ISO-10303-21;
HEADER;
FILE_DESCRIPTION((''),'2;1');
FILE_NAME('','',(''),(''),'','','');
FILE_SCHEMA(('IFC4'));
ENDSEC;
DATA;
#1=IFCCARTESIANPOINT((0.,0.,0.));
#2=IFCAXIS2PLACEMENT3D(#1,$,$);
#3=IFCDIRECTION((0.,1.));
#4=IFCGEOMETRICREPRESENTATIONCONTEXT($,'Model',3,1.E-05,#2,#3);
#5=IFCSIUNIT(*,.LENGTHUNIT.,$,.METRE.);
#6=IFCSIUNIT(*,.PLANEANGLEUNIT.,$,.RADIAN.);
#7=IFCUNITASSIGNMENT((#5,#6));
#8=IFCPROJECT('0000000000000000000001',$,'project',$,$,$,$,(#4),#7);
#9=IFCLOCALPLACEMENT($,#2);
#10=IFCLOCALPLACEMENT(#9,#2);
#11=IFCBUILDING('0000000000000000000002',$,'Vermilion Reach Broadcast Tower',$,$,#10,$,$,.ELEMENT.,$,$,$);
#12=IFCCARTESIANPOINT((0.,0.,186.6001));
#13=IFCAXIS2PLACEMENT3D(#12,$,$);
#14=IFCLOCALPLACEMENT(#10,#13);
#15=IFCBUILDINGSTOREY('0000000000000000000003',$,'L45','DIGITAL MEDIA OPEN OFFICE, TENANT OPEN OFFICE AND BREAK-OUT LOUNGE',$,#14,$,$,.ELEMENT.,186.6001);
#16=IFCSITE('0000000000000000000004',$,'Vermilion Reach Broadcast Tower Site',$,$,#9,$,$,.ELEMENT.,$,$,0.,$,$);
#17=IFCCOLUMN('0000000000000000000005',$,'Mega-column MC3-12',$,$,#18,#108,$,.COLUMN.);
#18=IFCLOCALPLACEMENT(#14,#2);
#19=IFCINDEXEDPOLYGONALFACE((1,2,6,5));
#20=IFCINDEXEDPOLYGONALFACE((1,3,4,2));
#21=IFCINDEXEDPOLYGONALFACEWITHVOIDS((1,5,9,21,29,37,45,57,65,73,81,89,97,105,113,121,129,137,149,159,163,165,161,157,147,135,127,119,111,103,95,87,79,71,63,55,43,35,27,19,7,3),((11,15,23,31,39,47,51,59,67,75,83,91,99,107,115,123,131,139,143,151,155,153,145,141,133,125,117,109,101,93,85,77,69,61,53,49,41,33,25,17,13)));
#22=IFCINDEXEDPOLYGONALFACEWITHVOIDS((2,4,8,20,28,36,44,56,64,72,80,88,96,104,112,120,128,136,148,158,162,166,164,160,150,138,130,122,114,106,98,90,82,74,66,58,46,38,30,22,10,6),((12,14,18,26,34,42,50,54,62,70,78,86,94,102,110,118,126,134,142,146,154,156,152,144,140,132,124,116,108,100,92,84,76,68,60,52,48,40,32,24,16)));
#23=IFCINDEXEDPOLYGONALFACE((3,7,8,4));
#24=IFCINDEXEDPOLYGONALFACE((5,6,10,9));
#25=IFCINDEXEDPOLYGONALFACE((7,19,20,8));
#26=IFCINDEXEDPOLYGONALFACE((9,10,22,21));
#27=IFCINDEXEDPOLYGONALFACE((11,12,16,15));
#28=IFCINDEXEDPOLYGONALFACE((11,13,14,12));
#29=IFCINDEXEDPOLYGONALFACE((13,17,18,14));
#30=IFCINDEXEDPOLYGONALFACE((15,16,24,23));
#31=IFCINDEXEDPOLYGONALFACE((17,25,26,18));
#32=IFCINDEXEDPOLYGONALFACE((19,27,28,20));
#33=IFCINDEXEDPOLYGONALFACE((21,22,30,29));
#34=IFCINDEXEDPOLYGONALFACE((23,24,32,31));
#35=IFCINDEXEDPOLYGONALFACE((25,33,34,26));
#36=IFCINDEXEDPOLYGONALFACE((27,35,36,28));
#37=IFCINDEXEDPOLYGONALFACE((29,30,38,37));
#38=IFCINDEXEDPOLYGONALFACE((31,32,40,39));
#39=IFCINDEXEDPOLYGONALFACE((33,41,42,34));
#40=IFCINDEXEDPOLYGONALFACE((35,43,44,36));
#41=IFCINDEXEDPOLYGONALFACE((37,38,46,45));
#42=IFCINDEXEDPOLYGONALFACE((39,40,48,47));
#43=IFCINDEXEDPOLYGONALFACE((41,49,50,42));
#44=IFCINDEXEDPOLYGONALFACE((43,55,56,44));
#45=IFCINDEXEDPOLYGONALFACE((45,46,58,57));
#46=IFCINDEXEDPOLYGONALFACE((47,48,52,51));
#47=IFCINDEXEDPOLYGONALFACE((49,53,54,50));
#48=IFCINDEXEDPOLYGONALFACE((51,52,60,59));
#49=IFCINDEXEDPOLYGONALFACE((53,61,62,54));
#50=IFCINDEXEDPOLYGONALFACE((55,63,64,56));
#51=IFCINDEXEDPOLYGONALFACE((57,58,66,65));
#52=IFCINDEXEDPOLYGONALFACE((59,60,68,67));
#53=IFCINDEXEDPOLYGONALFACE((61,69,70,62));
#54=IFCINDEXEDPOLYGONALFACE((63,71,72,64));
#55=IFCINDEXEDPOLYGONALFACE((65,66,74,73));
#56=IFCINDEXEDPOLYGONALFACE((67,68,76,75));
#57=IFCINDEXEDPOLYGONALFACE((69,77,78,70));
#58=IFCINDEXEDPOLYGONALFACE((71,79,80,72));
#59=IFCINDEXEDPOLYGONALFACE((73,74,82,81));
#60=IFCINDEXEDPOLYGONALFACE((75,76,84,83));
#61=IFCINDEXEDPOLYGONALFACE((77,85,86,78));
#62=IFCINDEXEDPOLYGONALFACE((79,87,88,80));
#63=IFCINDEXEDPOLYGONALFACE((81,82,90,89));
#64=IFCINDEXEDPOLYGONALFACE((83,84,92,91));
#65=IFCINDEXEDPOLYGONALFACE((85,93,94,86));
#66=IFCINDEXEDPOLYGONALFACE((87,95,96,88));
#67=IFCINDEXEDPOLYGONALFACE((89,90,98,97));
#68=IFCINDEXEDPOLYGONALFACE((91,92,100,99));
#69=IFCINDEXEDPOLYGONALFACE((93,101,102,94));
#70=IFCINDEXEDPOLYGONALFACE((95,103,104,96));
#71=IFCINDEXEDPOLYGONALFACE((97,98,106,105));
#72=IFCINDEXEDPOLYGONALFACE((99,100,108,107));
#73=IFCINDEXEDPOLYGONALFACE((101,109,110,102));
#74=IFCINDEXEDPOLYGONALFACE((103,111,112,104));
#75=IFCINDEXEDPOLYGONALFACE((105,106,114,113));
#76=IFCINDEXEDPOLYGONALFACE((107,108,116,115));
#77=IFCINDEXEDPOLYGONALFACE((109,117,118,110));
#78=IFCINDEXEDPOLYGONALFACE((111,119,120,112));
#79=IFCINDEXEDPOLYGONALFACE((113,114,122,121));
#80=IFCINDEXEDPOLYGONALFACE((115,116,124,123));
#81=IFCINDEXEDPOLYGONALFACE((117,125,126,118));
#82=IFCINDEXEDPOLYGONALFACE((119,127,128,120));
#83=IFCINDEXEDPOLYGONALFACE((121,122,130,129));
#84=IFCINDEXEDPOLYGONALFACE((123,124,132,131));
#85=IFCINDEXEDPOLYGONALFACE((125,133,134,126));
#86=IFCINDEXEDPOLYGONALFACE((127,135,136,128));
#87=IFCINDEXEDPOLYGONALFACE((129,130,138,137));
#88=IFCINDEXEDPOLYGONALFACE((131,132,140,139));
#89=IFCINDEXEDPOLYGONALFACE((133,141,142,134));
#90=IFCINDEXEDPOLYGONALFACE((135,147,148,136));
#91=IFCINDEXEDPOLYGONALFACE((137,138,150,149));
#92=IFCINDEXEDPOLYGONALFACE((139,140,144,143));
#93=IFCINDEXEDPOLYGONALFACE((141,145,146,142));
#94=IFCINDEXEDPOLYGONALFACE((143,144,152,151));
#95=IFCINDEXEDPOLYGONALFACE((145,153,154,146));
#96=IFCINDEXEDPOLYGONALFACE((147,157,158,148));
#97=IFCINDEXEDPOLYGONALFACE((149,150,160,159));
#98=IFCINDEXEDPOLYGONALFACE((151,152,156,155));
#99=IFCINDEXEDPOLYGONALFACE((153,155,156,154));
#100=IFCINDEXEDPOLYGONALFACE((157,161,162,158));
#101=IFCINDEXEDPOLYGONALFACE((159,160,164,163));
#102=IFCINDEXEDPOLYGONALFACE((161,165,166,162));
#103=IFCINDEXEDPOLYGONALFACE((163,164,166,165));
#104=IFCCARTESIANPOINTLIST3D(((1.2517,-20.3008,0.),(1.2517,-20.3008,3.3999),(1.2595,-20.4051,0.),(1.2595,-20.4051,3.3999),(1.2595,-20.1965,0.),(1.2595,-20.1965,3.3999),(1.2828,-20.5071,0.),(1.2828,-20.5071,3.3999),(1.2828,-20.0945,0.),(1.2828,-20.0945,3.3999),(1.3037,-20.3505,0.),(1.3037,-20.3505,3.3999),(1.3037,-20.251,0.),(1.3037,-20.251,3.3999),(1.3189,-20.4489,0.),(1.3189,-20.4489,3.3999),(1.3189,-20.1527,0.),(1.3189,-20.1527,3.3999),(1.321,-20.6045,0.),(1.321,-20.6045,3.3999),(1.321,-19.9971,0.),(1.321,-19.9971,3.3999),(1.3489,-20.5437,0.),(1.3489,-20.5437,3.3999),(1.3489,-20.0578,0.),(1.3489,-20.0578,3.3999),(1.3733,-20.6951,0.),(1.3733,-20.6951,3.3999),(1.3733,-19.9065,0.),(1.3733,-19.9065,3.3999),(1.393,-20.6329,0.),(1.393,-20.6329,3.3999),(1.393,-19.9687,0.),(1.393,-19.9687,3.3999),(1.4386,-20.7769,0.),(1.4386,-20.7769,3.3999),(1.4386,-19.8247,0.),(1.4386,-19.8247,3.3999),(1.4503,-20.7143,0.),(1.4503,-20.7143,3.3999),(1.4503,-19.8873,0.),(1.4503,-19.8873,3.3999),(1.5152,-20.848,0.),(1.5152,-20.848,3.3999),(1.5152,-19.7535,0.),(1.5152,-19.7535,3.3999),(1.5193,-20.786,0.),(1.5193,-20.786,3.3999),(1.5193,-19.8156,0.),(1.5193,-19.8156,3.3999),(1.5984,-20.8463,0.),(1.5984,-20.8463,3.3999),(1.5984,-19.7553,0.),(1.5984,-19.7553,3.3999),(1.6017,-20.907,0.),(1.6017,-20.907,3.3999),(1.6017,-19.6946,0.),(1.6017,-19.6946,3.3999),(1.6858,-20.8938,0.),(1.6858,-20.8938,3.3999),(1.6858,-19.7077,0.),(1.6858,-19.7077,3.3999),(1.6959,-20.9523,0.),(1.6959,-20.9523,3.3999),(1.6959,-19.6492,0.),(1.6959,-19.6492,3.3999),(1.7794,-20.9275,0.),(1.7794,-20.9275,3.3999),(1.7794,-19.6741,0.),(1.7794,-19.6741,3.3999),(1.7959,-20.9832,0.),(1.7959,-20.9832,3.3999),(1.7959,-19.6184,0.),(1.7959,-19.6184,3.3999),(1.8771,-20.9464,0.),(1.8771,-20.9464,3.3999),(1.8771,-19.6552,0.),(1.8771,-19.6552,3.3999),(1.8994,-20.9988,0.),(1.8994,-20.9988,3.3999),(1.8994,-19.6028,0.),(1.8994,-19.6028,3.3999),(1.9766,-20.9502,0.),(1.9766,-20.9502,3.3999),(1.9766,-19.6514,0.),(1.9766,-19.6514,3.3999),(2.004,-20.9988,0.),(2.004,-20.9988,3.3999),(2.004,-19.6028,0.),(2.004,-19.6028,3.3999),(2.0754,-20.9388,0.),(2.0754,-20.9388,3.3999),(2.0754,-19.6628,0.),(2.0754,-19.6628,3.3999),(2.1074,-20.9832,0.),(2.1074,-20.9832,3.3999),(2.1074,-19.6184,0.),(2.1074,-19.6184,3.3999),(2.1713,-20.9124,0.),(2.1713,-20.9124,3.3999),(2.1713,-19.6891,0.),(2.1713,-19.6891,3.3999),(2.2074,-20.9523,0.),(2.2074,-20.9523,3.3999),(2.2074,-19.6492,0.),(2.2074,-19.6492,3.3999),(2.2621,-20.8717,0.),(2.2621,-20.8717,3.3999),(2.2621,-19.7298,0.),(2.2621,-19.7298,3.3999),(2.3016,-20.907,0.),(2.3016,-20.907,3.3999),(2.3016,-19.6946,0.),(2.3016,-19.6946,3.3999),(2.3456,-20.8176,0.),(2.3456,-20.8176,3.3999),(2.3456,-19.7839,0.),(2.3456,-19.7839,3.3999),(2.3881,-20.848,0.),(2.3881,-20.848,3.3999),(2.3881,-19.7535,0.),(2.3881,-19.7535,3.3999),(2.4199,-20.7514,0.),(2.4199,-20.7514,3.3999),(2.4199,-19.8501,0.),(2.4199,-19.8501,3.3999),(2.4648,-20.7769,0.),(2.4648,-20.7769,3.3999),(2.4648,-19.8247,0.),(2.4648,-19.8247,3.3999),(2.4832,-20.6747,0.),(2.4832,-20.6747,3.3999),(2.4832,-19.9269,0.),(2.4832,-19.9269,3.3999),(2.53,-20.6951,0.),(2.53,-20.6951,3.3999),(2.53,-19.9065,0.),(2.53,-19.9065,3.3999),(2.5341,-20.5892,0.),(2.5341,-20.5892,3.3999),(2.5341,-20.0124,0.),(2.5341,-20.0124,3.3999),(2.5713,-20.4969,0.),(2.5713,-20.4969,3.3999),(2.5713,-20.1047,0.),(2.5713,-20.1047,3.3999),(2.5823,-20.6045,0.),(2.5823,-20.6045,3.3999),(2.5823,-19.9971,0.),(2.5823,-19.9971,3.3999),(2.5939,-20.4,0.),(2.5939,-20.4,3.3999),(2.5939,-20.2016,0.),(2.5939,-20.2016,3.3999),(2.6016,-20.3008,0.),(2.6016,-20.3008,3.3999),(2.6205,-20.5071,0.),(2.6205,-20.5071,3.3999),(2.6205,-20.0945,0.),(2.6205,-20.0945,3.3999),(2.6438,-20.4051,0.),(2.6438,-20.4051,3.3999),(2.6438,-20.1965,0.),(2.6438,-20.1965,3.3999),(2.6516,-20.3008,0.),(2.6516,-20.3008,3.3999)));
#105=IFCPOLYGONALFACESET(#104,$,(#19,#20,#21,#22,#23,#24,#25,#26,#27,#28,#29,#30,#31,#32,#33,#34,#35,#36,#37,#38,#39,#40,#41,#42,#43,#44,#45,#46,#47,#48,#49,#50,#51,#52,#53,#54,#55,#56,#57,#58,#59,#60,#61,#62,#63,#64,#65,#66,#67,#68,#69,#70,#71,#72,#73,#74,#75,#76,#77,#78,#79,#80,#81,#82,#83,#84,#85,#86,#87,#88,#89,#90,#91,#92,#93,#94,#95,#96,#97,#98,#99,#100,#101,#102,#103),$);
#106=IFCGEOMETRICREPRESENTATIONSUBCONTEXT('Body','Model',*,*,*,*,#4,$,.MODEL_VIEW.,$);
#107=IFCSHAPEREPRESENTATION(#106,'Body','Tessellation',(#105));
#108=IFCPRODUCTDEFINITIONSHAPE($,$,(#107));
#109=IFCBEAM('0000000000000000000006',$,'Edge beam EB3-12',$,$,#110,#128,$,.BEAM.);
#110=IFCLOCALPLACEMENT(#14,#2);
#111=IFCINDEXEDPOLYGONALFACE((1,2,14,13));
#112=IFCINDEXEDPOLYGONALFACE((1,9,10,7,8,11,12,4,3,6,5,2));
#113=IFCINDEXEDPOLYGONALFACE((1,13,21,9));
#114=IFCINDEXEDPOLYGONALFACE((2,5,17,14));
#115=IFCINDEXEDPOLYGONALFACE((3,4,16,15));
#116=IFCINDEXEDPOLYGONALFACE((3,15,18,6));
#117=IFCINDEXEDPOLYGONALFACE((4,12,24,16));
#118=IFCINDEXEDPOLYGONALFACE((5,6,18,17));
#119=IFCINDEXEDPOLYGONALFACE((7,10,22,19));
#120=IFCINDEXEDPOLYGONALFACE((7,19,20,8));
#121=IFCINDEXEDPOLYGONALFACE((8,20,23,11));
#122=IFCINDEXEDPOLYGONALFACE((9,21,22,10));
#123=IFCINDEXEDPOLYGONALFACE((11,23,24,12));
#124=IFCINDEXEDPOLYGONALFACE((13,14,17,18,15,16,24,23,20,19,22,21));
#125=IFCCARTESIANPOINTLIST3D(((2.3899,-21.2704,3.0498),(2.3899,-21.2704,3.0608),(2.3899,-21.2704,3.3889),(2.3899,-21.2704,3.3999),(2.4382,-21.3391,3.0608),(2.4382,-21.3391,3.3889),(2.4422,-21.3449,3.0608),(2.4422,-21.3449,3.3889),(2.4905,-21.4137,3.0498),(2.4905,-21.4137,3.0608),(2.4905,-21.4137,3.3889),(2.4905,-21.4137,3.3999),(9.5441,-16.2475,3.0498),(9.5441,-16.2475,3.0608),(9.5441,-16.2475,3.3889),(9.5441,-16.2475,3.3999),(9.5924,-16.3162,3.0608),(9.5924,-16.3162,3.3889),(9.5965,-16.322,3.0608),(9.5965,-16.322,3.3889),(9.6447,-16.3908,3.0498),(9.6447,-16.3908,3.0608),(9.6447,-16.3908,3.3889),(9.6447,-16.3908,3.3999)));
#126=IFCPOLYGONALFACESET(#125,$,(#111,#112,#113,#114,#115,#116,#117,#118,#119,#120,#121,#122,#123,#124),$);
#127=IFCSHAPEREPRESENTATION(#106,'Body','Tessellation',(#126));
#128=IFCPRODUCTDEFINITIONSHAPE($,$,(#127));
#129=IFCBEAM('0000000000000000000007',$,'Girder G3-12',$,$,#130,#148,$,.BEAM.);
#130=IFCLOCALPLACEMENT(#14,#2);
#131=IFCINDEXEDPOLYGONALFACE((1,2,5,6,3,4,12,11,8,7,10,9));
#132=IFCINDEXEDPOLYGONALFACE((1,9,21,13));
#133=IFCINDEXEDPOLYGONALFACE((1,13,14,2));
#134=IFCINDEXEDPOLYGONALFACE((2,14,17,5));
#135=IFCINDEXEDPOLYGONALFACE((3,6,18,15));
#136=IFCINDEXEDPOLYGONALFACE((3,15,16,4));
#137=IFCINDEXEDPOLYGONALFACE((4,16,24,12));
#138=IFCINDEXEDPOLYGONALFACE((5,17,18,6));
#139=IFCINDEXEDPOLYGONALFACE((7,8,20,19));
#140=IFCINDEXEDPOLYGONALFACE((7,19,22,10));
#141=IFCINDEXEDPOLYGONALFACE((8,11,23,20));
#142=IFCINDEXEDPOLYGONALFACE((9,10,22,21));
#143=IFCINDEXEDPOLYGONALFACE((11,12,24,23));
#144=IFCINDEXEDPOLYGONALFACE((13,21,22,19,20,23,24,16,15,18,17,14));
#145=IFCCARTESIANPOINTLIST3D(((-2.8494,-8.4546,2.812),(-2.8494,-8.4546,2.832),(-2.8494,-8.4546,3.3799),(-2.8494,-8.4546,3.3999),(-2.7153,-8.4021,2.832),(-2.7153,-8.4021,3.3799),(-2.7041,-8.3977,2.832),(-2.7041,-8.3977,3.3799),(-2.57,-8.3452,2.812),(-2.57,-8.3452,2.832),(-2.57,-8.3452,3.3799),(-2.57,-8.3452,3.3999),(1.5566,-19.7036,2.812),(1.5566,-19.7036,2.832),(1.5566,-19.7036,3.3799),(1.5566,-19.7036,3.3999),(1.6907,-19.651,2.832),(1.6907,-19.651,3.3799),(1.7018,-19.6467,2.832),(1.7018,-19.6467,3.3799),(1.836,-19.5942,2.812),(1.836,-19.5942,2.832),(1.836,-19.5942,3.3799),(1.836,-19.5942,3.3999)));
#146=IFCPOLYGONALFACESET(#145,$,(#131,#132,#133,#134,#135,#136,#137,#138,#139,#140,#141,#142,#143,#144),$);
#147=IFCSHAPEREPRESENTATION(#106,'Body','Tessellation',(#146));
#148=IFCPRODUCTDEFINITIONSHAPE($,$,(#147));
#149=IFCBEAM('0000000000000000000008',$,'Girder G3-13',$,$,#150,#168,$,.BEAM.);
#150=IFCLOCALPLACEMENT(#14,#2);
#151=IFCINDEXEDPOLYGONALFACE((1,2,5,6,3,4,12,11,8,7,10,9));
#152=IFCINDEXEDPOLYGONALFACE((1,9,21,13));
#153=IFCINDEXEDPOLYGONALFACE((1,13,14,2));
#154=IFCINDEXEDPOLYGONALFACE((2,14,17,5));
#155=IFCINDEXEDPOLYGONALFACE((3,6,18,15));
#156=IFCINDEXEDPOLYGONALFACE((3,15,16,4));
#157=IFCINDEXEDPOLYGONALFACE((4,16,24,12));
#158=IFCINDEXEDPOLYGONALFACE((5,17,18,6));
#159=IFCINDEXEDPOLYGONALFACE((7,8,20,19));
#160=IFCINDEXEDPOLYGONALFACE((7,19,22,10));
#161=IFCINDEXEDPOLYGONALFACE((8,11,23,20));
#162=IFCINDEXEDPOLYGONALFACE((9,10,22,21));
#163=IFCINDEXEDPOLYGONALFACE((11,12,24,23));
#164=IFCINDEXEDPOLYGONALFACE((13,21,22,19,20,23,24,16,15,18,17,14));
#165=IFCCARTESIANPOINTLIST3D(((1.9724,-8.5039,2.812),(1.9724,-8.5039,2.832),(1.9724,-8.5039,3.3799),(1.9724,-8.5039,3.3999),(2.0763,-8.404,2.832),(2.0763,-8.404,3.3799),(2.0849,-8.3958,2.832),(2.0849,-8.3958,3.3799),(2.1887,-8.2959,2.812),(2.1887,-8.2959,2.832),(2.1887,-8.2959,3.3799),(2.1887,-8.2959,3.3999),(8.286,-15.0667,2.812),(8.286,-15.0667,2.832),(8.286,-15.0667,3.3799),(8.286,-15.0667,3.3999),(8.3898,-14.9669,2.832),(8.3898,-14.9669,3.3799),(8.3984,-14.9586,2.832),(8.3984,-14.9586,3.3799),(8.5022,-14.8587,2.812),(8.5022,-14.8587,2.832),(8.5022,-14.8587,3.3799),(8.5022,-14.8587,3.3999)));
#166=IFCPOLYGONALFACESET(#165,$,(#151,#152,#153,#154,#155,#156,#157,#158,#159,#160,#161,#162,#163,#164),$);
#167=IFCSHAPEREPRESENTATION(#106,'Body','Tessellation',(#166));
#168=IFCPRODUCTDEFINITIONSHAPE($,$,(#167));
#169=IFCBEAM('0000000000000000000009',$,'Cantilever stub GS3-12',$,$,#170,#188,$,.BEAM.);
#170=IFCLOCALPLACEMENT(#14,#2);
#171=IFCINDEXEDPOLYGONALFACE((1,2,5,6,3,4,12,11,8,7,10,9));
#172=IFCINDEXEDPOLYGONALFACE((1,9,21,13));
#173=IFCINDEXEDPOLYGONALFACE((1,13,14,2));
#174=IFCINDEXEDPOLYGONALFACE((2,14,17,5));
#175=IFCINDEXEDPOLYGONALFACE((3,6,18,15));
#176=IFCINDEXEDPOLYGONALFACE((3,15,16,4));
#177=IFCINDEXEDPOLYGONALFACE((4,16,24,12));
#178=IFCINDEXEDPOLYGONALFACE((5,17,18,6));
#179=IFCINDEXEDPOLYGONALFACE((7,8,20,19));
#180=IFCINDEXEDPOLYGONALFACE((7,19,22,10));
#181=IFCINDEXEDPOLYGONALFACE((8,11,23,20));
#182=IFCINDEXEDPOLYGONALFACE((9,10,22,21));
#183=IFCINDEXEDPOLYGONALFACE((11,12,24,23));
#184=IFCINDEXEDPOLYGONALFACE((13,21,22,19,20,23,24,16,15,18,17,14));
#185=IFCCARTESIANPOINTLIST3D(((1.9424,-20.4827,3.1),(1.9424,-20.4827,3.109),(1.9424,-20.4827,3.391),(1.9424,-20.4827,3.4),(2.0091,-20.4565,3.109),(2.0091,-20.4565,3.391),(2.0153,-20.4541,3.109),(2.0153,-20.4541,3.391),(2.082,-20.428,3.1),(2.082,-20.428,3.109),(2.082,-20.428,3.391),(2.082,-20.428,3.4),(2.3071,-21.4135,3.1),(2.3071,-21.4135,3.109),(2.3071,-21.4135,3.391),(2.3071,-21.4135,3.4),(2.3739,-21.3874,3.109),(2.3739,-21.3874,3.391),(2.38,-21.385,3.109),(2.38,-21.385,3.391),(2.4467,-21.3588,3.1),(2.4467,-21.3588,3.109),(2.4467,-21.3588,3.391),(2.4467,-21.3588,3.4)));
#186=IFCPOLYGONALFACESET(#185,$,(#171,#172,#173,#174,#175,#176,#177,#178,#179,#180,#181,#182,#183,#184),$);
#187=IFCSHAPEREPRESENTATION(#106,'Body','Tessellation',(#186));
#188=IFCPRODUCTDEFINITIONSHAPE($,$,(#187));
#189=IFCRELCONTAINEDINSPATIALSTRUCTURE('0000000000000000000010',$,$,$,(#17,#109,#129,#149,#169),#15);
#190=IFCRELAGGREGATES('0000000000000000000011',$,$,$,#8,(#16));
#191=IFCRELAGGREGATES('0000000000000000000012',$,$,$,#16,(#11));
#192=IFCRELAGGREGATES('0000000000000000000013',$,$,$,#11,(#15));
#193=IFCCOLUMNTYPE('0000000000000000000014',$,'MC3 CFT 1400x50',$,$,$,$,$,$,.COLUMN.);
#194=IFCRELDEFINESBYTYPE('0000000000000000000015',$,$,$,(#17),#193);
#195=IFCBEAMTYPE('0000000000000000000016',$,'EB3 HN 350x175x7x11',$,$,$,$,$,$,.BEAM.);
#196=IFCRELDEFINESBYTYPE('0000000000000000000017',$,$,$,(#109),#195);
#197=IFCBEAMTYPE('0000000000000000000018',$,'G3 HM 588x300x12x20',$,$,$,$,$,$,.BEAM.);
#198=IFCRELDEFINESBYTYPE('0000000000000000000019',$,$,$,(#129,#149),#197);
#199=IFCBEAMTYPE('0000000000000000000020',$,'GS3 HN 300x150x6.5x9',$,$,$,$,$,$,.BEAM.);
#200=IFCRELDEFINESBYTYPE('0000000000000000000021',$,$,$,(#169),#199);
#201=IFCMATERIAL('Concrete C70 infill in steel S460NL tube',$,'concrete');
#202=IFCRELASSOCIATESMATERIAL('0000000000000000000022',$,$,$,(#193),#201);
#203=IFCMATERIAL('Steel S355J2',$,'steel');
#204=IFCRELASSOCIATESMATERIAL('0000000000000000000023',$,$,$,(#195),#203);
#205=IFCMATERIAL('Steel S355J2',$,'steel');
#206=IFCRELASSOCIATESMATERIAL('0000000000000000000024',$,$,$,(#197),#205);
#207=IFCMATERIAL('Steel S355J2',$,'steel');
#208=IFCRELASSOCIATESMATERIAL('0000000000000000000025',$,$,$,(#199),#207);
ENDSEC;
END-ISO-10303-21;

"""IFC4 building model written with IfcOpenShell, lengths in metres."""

from ifc_helpers import new_model, si_unit, direction, frame, origin, origin_2d, place, context, subcontext, project, spatial, hollow_circle, i_section, extrude, material, material_profile, profile_set, type_object, element, save


model = new_model("IFC4")

# Units and contexts
model_context = context("Model", 3, precision=1e-05, world=origin(), true_north=direction((0.0, 1.0)))
body_context = subcontext(model_context, "Body", "Model", "MODEL_VIEW")
ifc_project = project(units=[si_unit("LENGTHUNIT", "METRE"), si_unit("PLANEANGLEUNIT", "RADIAN")], contexts=[model_context])

# Site, building, storey
site_placement = place(None, origin())
site = spatial("IfcSite", under=ifc_project, at=site_placement, Name="Vermilion Reach Broadcast Tower Site", CompositionType="ELEMENT", RefElevation=0.0)
building_placement = place(site_placement, origin())
building = spatial("IfcBuilding", under=site, at=building_placement, Name="Vermilion Reach Broadcast Tower", CompositionType="ELEMENT")
storey_placement = place(building_placement, frame((0.0, 0.0, 186.6001)))
storey = spatial("IfcBuildingStorey", under=building, at=storey_placement, Name="L45", Description="DIGITAL MEDIA OPEN OFFICE, TENANT OPEN OFFICE AND BREAK-OUT LOUNGE", CompositionType="ELEMENT", Elevation=186.6001)

# Column
ifc_material_1 = material(Name="Concrete C70 infill in steel S460NL tube", Category="concrete")
ifc_material_profile_1 = material_profile(ifc_material_1, hollow_circle(Radius=0.7, WallThickness=0.05, at=origin_2d()), Name="Concrete C70 infill in steel S460NL tube CFT 1400x50")
ifc_profile_set_1 = profile_set([ifc_material_profile_1], Name="Concrete C70 infill in steel S460NL tube")
column_type = type_object("IfcColumnType", Name="MC3 CFT 1400x50", PredefinedType="COLUMN", material=ifc_profile_set_1)
column_placement = place(storey_placement, frame((1.9517, -20.3008, 0.0), z_axis=(0.0, 0.0, 1.0), x_axis=(1.0, 0.0, 0.0)))
element("IfcColumn", 1, at=column_placement, inside=storey, type_object=column_type, Name="Mega-column MC3-12", PredefinedType="COLUMN", context=body_context, shape_type="SweptSolid", body=[
    extrude(hollow_circle(Radius=0.7, WallThickness=0.05, at=origin_2d()), origin(), (0.0, 0.0, 1.0), 3.3999),
])

# Beams
ifc_material_2 = material(Name="Steel S355J2", Category="steel")
ifc_material_profile_2 = material_profile(ifc_material_2, i_section(OverallWidth=0.175, OverallDepth=0.3501, WebThickness=0.0071, FlangeThickness=0.011, at=origin_2d()), Name="S355J2 HN 350x175x7x11")
ifc_profile_set_2 = profile_set([ifc_material_profile_2], Name="Steel S355J2")
beam_type_1 = type_object("IfcBeamType", Name="EB3 HN 350x175x7x11", PredefinedType="BEAM", material=ifc_profile_set_2)
beam_1_placement = place(storey_placement, frame((2.4402, -21.342, 3.2249), z_axis=(0.818428, 0.574609, 0.0), x_axis=(-0.574609, 0.818428, 0.0)))
element("IfcBeam", 2, at=beam_1_placement, inside=storey, type_object=beam_type_1, Name="Edge beam EB3-12", PredefinedType="BEAM", context=body_context, shape_type="SweptSolid", body=[
    extrude(i_section(OverallWidth=0.175, OverallDepth=0.3501, WebThickness=0.0071, FlangeThickness=0.011, at=origin_2d()), origin(), (0.0, 0.0, 1.0), 8.7415),
])
ifc_material_3 = material(Name="Steel S355J2", Category="steel")
ifc_material_profile_3 = material_profile(ifc_material_3, i_section(OverallWidth=0.3, OverallDepth=0.5879, WebThickness=0.012, FlangeThickness=0.02, at=origin_2d()), Name="S355J2 HM 588x300x12x20")
ifc_profile_set_3 = profile_set([ifc_material_profile_3], Name="Steel S355J2")
beam_type_2 = type_object("IfcBeamType", Name="G3 HM 588x300x12x20", PredefinedType="BEAM", material=ifc_profile_set_3)
beam_2_placement = place(storey_placement, frame((-2.7097, -8.3999, 3.106), z_axis=(0.364702, -0.931124, 0.0), x_axis=(0.931124, 0.364702, 0.0)))
element("IfcBeam", 3, at=beam_2_placement, inside=storey, type_object=beam_type_2, Name="Girder G3-12", PredefinedType="BEAM", context=body_context, shape_type="SweptSolid", body=[
    extrude(i_section(OverallWidth=0.3, OverallDepth=0.5879, WebThickness=0.012, FlangeThickness=0.02, at=origin_2d()), origin(), (0.0, 0.0, 1.0), 12.0811),
])
beam_3_placement = place(storey_placement, frame((2.0806, -8.3999, 3.106), z_axis=(0.693288, -0.72066, 0.0), x_axis=(0.72066, 0.693288, 0.0)))
element("IfcBeam", 4, at=beam_3_placement, inside=storey, type_object=beam_type_2, Name="Girder G3-13", PredefinedType="BEAM", context=body_context, shape_type="SweptSolid", body=[
    extrude(i_section(OverallWidth=0.3, OverallDepth=0.5879, WebThickness=0.012, FlangeThickness=0.02, at=origin_2d()), origin(), (0.0, 0.0, 1.0), 9.1067),
])
ifc_material_4 = material(Name="Steel S355J2", Category="steel")
ifc_material_profile_4 = material_profile(ifc_material_4, i_section(OverallWidth=0.1499, OverallDepth=0.3, WebThickness=0.0066, FlangeThickness=0.009, at=origin_2d()), Name="S355J2 HN 300x150x6.5x9")
ifc_profile_set_4 = profile_set([ifc_material_profile_4], Name="Steel S355J2")
beam_type_3 = type_object("IfcBeamType", Name="GS3 HN 300x150x6.5x9", PredefinedType="BEAM", material=ifc_profile_set_4)
beam_4_placement = place(storey_placement, frame((2.0122, -20.4553, 3.25), z_axis=(0.364814, -0.931081, 0.0), x_axis=(0.931081, 0.364814, 0.0)))
element("IfcBeam", 5, at=beam_4_placement, inside=storey, type_object=beam_type_3, Name="Cantilever stub GS3-12", PredefinedType="BEAM", context=body_context, shape_type="SweptSolid", body=[
    extrude(i_section(OverallWidth=0.1499, OverallDepth=0.3, WebThickness=0.0066, FlangeThickness=0.009, at=origin_2d()), origin(), (0.0, 0.0, 1.0), 0.9998),
])

save(model, "model.ifc")
